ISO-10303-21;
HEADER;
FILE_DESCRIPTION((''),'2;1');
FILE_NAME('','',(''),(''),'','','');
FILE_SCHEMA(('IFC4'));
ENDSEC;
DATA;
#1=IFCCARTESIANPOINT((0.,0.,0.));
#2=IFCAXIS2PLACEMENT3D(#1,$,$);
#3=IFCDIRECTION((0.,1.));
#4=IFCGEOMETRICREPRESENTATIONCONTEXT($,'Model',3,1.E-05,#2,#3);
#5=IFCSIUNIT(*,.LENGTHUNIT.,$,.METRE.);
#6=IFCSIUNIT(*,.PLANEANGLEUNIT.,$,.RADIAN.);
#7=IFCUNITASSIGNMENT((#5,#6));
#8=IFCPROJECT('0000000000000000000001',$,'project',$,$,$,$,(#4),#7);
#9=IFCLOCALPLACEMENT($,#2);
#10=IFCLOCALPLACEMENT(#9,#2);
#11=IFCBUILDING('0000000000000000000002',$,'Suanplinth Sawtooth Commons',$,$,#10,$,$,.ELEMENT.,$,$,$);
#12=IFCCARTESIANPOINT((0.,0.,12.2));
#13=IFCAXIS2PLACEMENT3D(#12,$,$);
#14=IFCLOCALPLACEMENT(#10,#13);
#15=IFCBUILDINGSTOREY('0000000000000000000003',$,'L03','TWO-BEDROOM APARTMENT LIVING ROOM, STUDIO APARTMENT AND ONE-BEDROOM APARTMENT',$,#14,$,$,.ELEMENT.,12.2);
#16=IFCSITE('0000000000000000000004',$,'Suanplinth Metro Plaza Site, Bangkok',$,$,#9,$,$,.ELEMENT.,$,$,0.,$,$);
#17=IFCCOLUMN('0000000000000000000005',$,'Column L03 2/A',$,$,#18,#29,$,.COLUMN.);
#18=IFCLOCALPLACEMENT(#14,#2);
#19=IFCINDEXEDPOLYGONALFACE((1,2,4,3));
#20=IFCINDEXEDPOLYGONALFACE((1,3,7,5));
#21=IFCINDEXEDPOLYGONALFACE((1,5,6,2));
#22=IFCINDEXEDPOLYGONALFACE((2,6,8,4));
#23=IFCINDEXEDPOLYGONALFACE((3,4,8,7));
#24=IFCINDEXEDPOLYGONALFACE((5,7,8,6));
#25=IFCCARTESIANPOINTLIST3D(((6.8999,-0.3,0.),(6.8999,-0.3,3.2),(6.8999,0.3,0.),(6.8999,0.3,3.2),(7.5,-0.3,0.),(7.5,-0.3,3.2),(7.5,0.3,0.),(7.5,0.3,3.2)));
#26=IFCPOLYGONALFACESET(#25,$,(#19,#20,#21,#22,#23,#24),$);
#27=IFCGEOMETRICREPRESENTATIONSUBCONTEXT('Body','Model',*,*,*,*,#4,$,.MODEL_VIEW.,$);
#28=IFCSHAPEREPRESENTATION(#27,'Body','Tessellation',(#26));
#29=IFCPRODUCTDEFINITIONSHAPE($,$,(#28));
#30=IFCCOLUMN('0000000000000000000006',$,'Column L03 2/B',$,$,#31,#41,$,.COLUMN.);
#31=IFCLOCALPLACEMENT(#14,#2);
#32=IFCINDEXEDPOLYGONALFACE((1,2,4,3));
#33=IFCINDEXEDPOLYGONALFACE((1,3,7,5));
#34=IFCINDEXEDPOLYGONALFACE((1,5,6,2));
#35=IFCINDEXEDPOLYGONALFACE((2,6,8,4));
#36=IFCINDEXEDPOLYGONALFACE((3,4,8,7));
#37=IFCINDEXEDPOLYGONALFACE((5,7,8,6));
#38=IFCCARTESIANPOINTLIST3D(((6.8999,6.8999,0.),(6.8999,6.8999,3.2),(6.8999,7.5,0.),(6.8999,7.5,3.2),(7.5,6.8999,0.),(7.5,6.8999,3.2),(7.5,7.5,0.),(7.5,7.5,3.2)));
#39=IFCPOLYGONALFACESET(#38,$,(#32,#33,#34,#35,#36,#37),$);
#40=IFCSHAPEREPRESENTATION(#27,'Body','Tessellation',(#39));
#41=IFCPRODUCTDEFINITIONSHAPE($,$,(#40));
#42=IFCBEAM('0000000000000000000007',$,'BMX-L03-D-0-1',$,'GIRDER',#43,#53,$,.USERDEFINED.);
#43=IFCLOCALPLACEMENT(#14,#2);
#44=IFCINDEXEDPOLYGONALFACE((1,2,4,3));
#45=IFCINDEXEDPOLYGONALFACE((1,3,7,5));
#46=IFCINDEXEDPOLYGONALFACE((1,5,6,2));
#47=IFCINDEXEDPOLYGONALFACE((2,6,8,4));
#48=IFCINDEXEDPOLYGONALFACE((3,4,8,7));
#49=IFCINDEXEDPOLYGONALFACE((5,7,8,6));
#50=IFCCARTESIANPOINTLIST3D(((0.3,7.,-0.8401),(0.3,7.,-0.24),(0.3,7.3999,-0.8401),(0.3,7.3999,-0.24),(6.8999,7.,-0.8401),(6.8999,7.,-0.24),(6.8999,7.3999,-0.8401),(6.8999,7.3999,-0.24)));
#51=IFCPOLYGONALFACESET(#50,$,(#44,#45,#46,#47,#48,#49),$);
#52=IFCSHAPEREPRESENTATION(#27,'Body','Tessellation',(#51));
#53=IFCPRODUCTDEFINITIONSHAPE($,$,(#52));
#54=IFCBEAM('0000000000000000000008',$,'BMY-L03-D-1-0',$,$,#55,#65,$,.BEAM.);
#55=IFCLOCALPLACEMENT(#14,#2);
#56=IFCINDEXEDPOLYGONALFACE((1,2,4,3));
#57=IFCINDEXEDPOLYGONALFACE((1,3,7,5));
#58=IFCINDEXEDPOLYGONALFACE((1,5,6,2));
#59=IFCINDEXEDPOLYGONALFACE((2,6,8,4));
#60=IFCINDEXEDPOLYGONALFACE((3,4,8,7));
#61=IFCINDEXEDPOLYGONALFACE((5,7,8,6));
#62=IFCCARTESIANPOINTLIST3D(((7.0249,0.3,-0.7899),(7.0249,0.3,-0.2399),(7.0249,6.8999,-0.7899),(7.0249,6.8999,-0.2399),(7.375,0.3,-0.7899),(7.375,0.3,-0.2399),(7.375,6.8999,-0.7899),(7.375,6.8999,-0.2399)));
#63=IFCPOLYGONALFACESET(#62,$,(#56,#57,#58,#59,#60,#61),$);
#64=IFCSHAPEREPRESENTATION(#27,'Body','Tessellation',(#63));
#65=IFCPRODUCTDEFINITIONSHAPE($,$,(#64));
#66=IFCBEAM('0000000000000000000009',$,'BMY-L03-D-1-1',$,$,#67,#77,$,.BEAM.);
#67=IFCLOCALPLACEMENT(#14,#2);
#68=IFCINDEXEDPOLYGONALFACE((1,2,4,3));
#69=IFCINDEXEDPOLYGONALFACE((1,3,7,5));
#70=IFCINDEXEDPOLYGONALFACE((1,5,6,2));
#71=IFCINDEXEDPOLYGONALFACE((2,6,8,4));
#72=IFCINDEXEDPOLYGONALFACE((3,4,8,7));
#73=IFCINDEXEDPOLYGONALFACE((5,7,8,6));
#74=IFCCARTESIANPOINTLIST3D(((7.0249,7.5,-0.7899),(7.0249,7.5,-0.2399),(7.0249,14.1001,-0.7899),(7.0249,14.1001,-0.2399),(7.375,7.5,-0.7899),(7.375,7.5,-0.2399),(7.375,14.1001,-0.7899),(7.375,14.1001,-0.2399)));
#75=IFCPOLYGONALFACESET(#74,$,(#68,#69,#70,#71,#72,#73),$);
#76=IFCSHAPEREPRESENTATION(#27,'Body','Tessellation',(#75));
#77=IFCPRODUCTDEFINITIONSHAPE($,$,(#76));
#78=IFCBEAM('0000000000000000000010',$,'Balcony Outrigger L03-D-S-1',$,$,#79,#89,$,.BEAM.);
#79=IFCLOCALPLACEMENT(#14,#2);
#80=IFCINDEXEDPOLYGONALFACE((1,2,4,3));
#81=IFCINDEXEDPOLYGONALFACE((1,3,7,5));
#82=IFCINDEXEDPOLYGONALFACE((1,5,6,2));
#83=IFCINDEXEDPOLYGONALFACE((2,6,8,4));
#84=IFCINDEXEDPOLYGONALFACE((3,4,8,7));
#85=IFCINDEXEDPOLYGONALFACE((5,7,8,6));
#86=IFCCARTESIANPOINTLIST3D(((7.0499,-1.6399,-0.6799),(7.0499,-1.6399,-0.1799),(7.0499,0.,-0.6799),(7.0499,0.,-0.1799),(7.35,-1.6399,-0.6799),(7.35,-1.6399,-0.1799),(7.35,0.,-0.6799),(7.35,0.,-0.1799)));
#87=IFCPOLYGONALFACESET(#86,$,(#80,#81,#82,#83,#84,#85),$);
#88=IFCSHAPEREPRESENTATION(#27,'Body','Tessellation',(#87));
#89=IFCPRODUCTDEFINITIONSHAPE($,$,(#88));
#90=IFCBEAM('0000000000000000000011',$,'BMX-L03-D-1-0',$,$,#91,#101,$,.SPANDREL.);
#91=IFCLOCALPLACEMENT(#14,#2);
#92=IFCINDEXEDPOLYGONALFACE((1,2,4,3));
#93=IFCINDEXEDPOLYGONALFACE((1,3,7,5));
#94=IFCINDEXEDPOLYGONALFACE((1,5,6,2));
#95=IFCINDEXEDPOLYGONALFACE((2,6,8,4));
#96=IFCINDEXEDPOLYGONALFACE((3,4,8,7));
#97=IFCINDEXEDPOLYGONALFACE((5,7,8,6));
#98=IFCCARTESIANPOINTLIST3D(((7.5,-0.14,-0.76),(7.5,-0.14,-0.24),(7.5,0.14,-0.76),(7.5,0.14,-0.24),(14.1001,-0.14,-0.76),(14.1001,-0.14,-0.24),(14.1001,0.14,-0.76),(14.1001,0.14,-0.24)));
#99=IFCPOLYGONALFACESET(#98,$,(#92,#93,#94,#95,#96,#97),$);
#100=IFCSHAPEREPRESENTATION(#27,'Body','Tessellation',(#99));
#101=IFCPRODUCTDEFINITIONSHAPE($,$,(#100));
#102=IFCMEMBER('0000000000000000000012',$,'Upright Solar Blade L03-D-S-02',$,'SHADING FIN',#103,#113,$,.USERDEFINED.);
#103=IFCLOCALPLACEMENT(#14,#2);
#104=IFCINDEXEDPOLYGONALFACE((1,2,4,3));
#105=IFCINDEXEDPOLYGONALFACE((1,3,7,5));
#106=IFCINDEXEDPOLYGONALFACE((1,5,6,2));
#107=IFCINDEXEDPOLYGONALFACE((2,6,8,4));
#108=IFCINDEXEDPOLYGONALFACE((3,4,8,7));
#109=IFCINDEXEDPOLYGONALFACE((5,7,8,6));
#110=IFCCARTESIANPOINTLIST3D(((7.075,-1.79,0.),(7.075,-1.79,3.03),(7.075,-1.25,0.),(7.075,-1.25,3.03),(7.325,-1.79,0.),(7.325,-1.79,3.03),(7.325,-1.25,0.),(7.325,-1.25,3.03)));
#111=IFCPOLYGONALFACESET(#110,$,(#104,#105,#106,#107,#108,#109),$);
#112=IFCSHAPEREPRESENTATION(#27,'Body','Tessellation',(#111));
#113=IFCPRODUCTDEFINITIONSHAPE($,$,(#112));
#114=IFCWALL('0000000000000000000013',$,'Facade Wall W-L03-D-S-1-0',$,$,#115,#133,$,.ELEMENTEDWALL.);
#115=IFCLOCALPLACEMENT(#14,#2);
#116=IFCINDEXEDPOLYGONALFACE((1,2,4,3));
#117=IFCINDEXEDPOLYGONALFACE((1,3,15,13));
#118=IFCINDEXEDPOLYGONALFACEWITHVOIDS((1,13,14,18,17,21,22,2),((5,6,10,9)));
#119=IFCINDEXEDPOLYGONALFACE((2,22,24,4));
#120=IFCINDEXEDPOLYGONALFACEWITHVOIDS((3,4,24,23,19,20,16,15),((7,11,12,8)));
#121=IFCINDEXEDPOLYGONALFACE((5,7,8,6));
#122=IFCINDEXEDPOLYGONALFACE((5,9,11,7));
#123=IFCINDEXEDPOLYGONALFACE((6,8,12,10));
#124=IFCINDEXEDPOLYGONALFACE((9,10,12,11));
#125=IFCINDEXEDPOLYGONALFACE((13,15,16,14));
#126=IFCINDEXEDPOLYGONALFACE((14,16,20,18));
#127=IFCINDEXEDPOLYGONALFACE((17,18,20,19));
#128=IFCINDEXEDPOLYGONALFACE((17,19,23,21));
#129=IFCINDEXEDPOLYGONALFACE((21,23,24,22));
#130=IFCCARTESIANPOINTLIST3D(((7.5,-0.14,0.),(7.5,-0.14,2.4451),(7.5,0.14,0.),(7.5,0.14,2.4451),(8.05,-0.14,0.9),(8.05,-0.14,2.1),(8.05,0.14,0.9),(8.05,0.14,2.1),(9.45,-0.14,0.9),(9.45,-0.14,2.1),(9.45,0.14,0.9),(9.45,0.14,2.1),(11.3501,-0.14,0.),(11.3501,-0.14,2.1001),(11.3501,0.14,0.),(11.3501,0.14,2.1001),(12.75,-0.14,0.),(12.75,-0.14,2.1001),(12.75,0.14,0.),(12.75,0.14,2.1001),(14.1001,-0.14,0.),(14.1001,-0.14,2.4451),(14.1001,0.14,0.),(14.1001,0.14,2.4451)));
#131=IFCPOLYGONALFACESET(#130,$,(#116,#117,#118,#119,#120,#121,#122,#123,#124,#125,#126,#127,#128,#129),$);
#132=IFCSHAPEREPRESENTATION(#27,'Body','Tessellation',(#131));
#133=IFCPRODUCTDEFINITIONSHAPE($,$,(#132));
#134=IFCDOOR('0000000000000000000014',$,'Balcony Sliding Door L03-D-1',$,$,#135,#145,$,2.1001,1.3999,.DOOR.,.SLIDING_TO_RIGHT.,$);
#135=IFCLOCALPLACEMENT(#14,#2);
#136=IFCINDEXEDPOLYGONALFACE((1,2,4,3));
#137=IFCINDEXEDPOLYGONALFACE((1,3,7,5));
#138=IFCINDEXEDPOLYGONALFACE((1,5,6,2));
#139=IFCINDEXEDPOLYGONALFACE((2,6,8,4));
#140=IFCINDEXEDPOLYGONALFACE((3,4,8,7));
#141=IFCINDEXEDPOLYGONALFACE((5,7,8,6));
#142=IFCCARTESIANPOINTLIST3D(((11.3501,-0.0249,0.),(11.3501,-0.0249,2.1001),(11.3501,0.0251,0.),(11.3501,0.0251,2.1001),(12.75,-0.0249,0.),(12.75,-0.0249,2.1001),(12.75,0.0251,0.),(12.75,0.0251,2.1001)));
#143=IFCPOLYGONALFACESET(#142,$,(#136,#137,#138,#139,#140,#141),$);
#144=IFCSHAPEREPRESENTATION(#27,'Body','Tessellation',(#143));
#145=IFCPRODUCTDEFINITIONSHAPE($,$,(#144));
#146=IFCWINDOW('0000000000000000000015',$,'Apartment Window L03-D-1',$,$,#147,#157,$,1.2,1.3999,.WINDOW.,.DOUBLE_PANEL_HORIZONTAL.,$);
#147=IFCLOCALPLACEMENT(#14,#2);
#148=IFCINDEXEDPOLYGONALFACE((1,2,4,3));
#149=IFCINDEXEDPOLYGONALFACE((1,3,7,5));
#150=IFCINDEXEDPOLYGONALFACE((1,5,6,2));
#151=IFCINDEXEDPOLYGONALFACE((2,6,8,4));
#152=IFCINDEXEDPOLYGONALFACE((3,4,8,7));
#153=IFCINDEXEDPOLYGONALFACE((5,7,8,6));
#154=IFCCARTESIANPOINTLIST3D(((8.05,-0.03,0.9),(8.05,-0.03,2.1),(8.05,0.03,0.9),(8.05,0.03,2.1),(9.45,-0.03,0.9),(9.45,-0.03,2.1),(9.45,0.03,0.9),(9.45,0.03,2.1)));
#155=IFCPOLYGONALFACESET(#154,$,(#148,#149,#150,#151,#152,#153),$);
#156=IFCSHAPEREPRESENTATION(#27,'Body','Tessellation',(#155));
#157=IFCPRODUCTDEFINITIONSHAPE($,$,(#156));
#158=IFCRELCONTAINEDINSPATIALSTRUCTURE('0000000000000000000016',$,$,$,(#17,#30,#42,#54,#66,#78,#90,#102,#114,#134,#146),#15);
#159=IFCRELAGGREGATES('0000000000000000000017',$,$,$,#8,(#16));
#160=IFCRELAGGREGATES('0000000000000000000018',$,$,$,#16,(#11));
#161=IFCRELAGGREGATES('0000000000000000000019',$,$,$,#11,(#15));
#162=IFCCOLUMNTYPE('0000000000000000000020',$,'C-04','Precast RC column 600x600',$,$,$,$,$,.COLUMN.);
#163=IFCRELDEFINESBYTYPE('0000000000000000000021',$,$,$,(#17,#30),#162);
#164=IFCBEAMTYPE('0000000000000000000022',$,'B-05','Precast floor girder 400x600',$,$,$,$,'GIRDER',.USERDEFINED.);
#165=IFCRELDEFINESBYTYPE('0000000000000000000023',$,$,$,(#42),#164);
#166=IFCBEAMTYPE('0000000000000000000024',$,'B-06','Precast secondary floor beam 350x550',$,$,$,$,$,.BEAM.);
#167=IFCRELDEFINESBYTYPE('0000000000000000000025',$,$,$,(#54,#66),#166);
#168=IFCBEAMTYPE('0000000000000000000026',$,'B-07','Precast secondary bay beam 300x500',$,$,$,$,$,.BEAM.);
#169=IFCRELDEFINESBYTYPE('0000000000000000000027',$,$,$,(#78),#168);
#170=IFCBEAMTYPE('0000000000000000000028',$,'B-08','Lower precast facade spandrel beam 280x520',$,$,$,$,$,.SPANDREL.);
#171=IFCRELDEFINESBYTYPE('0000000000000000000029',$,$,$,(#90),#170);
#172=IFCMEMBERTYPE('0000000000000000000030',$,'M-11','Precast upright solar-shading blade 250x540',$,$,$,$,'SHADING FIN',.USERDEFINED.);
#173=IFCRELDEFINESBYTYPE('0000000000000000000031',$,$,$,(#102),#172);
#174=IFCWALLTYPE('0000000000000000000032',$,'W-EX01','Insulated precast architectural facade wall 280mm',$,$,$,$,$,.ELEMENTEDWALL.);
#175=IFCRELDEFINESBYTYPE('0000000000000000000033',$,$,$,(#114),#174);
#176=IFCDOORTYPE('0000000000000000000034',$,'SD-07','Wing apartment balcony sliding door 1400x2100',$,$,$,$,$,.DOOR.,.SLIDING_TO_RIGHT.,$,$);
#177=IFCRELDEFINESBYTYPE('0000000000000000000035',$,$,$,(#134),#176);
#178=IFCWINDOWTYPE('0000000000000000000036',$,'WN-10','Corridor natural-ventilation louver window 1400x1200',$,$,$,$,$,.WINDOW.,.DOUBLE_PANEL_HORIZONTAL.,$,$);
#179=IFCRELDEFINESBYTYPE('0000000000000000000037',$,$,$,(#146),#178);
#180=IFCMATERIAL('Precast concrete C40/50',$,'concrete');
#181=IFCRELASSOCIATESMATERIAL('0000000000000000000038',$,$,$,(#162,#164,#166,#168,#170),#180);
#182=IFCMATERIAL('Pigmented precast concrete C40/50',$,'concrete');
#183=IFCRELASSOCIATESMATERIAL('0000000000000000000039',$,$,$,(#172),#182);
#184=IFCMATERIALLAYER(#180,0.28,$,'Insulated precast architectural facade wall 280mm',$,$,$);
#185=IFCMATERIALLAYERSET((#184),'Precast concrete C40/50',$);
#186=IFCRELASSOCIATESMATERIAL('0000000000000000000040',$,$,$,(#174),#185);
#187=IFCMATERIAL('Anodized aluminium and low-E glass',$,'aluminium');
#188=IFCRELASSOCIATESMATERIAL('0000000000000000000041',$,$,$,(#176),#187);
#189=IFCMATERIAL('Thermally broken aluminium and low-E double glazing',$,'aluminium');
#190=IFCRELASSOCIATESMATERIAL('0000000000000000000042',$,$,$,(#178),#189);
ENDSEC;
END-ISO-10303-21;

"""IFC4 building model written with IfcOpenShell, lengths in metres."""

from ifc_helpers import new_model, si_unit, direction, frame, frame_2d, origin, origin_2d, place, context, subcontext, project, spatial, rectangle, extrude, material, layer, layer_set, material_profile, profile_set, type_object, element, fill, save


model = new_model("IFC4")

# Units and contexts
model_context = context("Model", 3, precision=1e-05, world=origin(), true_north=direction((0.0, 1.0)))
body_context = subcontext(model_context, "Body", "Model", "MODEL_VIEW")
ifc_project = project(units=[si_unit("LENGTHUNIT", "METRE"), si_unit("PLANEANGLEUNIT", "RADIAN")], contexts=[model_context])

# Site, building, storey
site_placement = place(None, origin())
site = spatial("IfcSite", under=ifc_project, at=site_placement, Name="Suanplinth Metro Plaza Site, Bangkok", CompositionType="ELEMENT", RefElevation=0.0)
building_placement = place(site_placement, origin())
building = spatial("IfcBuilding", under=site, at=building_placement, Name="Suanplinth Sawtooth Commons", CompositionType="ELEMENT")
storey_placement = place(building_placement, frame((0.0, 0.0, 12.2)))
storey = spatial("IfcBuildingStorey", under=building, at=storey_placement, Name="L03", Description="TWO-BEDROOM APARTMENT LIVING ROOM, STUDIO APARTMENT AND ONE-BEDROOM APARTMENT", CompositionType="ELEMENT", Elevation=12.2)

# Columns
ifc_material_1 = material(Name="Precast concrete C40/50", Category="concrete")
ifc_material_profile_1 = material_profile(ifc_material_1, rectangle(XDim=0.6001, YDim=0.6001, at=origin_2d()), Name="PC-COL 600x600")
ifc_profile_set_1 = profile_set([ifc_material_profile_1], Name="Precast concrete C40/50")
column_type = type_object("IfcColumnType", Name="C-04", Description="Precast RC column 600x600", PredefinedType="COLUMN", material=ifc_profile_set_1)
for number, where, z_axis, x_axis, name in (
    (1, (7.2, 0.0, 0.0), (0.0, 0.0, 1.0), (1.0, 0.0, 0.0), "Column L03 2/A"),
    (2, (7.2, 7.2, 0.0), (0.0, 0.0, 1.0), (1.0, 0.0, 0.0), "Column L03 2/B"),
):
    element("IfcColumn", number, at=place(storey_placement, frame(where, z_axis=z_axis, x_axis=x_axis)), inside=storey, type_object=column_type, Name=name, PredefinedType="COLUMN", context=body_context, shape_type="SweptSolid", body=[
        extrude(rectangle(XDim=0.6001, YDim=0.6001, at=origin_2d()), origin(), (0.0, 0.0, 1.0), 3.2),
    ])

# Beams
ifc_material_profile_2 = material_profile(ifc_material_1, rectangle(XDim=0.3999, YDim=0.6001, at=origin_2d()), Name="PC-GDR 400x600")
ifc_profile_set_2 = profile_set([ifc_material_profile_2], Name="Precast concrete C40/50")
beam_type_1 = type_object("IfcBeamType", Name="B-05", Description="Precast floor girder 400x600", ElementType="GIRDER", PredefinedType="USERDEFINED", material=ifc_profile_set_2)
beam_1_placement = place(storey_placement, frame((0.3, 7.2, -0.54), z_axis=(1.0, 0.0, 0.0), x_axis=(0.0, 1.0, 0.0)))
element("IfcBeam", 3, at=beam_1_placement, inside=storey, type_object=beam_type_1, Name="BMX-L03-D-0-1", ObjectType="GIRDER", PredefinedType="USERDEFINED", context=body_context, shape_type="SweptSolid", body=[
    extrude(rectangle(XDim=0.3999, YDim=0.6001, at=origin_2d()), origin(), (0.0, 0.0, 1.0), 6.5999),
])
ifc_material_profile_3 = material_profile(ifc_material_1, rectangle(XDim=0.3501, YDim=0.55, at=origin_2d()), Name="PC-BM 350x550")
ifc_profile_set_3 = profile_set([ifc_material_profile_3], Name="Precast concrete C40/50")
beam_type_2 = type_object("IfcBeamType", Name="B-06", Description="Precast secondary floor beam 350x550", PredefinedType="BEAM", material=ifc_profile_set_3)
beam_2_placement = place(storey_placement, frame((7.2, 0.3, -0.5149), z_axis=(0.0, 1.0, 0.0), x_axis=(-1.0, 0.0, 0.0)))
element("IfcBeam", 4, at=beam_2_placement, inside=storey, type_object=beam_type_2, Name="BMY-L03-D-1-0", PredefinedType="BEAM", context=body_context, shape_type="SweptSolid", body=[
    extrude(rectangle(XDim=0.3501, YDim=0.55, at=origin_2d()), origin(), (0.0, 0.0, 1.0), 6.5999),
])
beam_3_placement = place(storey_placement, frame((7.2, 7.5, -0.5149), z_axis=(0.0, 1.0, 0.0), x_axis=(-1.0, 0.0, 0.0)))
element("IfcBeam", 5, at=beam_3_placement, inside=storey, type_object=beam_type_2, Name="BMY-L03-D-1-1", PredefinedType="BEAM", context=body_context, shape_type="SweptSolid", body=[
    extrude(rectangle(XDim=0.3501, YDim=0.55, at=origin_2d()), origin(), (0.0, 0.0, 1.0), 6.6001),
])
ifc_material_profile_4 = material_profile(ifc_material_1, rectangle(XDim=0.3, YDim=0.5, at=origin_2d()), Name="PC-BM 300x500")
ifc_profile_set_4 = profile_set([ifc_material_profile_4], Name="Precast concrete C40/50")
beam_type_3 = type_object("IfcBeamType", Name="B-07", Description="Precast secondary bay beam 300x500", PredefinedType="BEAM", material=ifc_profile_set_4)
beam_4_placement = place(storey_placement, frame((7.2, 0.0, -0.4299), z_axis=(0.0, -1.0, 0.0), x_axis=(1.0, 0.0, 0.0)))
element("IfcBeam", 6, at=beam_4_placement, inside=storey, type_object=beam_type_3, Name="Balcony Outrigger L03-D-S-1", PredefinedType="BEAM", context=body_context, shape_type="SweptSolid", body=[
    extrude(rectangle(XDim=0.3, YDim=0.5, at=origin_2d()), origin(), (0.0, 0.0, 1.0), 1.6399),
])
ifc_material_profile_5 = material_profile(ifc_material_1, rectangle(XDim=0.28, YDim=0.52, at=origin_2d()), Name="PC-SP 280x520")
ifc_profile_set_5 = profile_set([ifc_material_profile_5], Name="Precast concrete C40/50")
beam_type_4 = type_object("IfcBeamType", Name="B-08", Description="Lower precast facade spandrel beam 280x520", PredefinedType="SPANDREL", material=ifc_profile_set_5)
beam_5_placement = place(storey_placement, frame((7.5, 0.0, -0.5), z_axis=(1.0, 0.0, 0.0), x_axis=(0.0, 1.0, 0.0)))
element("IfcBeam", 7, at=beam_5_placement, inside=storey, type_object=beam_type_4, Name="BMX-L03-D-1-0", PredefinedType="SPANDREL", context=body_context, shape_type="SweptSolid", body=[
    extrude(rectangle(XDim=0.28, YDim=0.52, at=origin_2d()), origin(), (0.0, 0.0, 1.0), 6.6001),
])

# Member
ifc_material_2 = material(Name="Pigmented precast concrete C40/50", Category="concrete")
ifc_material_profile_6 = material_profile(ifc_material_2, rectangle(XDim=0.25, YDim=0.54, at=origin_2d()), Name="PC-FIN 250x540")
ifc_profile_set_6 = profile_set([ifc_material_profile_6], Name="Pigmented precast concrete C40/50")
member_type = type_object("IfcMemberType", Name="M-11", Description="Precast upright solar-shading blade 250x540", ElementType="SHADING FIN", PredefinedType="USERDEFINED", material=ifc_profile_set_6)
member_placement = place(storey_placement, frame((7.2, -1.52, 0.0), z_axis=(0.0, 0.0, 1.0), x_axis=(1.0, 0.0, 0.0)))
element("IfcMember", 8, at=member_placement, inside=storey, type_object=member_type, Name="Upright Solar Blade L03-D-S-02", ObjectType="SHADING FIN", PredefinedType="USERDEFINED", context=body_context, shape_type="SweptSolid", body=[
    extrude(rectangle(XDim=0.25, YDim=0.54, at=origin_2d()), origin(), (0.0, 0.0, 1.0), 3.03),
])

# Wall, openings, door, window
ifc_layer_1 = layer(ifc_material_1, 0.28, Name="Insulated precast architectural facade wall 280mm")
ifc_layer_set_1 = layer_set([ifc_layer_1], Name="Precast concrete C40/50")
wall_type_1 = type_object("IfcWallType", Name="W-EX01", Description="Insulated precast architectural facade wall 280mm", PredefinedType="ELEMENTEDWALL", material=ifc_layer_set_1)
wall_1_placement = place(storey_placement, frame((7.5, 0.0, 0.0), z_axis=(0.0, 0.0, 1.0), x_axis=(1.0, 0.0, 0.0)))
wall_1 = element("IfcWall", 9, at=wall_1_placement, inside=storey, type_object=wall_type_1, Name="Facade Wall W-L03-D-S-1-0", PredefinedType="ELEMENTEDWALL", context=body_context, shape_type="SweptSolid", body=[
    extrude(rectangle(XDim=6.6001, YDim=0.28, at=frame_2d((3.3, 0.0))), origin(), (0.0, 0.0, 1.0), 2.4451),
])
opening_1_placement = place(wall_1_placement, frame((3.8501, 0.0, 0.0)))
opening_1 = element("IfcOpeningElement", 10, at=opening_1_placement, cuts=wall_1, PredefinedType="OPENING", context=body_context, shape_type="SweptSolid", body=[
    extrude(rectangle(XDim=1.3999, YDim=2.1001, at=frame_2d((0.7, 1.05))), frame((0.0, 0.1548, 0.0), z_axis=(0.0, -1.0, 0.0), x_axis=(1.0, 0.0, 0.0)), (0.0, 0.0, 1.0), 0.3098),
])
opening_2_placement = place(wall_1_placement, frame((0.55, 0.0, 0.8999)))
opening_2 = element("IfcOpeningElement", 11, at=opening_2_placement, cuts=wall_1, PredefinedType="OPENING", context=body_context, shape_type="SweptSolid", body=[
    extrude(rectangle(XDim=1.3999, YDim=1.2, at=frame_2d((0.7, 0.6001))), frame((0.0, 0.1548, 0.0), z_axis=(0.0, -1.0, 0.0), x_axis=(1.0, 0.0, 0.0)), (0.0, 0.0, 1.0), 0.3098),
])
ifc_material_3 = material(Name="Anodized aluminium and low-E glass", Category="aluminium")
door_type_1 = type_object("IfcDoorType", Name="SD-07", Description="Wing apartment balcony sliding door 1400x2100", OperationType="SLIDING_TO_RIGHT", PredefinedType="DOOR", material=ifc_material_3)
door_1_placement = place(opening_1_placement, frame((1.3999, 0.0, 0.0), z_axis=(0.0, 0.0, 1.0), x_axis=(-1.0, 0.0, 0.0)))
door_1 = element("IfcDoor", 12, at=door_1_placement, inside=storey, type_object=door_type_1, Name="Balcony Sliding Door L03-D-1", OperationType="SLIDING_TO_RIGHT", OverallHeight=2.1001, OverallWidth=1.3999, PredefinedType="DOOR", context=body_context, shape_type="SweptSolid", body=[
    extrude(rectangle(XDim=1.3999, YDim=2.1001, at=frame_2d((0.7, 1.05))), frame((0.0, 0.0249, 0.0), z_axis=(0.0, -1.0, 0.0), x_axis=(1.0, 0.0, 0.0)), (0.0, 0.0, 1.0), 0.05),
])
fill(opening_1, door_1)
ifc_material_4 = material(Name="Thermally broken aluminium and low-E double glazing", Category="aluminium")
window_type = type_object("IfcWindowType", Name="WN-10", Description="Corridor natural-ventilation louver window 1400x1200", PartitioningType="DOUBLE_PANEL_HORIZONTAL", PredefinedType="WINDOW", material=ifc_material_4)
window_placement = place(opening_2_placement, origin())
window = element("IfcWindow", 13, at=window_placement, inside=storey, type_object=window_type, Name="Apartment Window L03-D-1", OverallHeight=1.2, OverallWidth=1.3999, PartitioningType="DOUBLE_PANEL_HORIZONTAL", PredefinedType="WINDOW", context=body_context, shape_type="SweptSolid", body=[
    extrude(rectangle(XDim=1.3999, YDim=1.2, at=frame_2d((0.7, 0.6001))), frame((0.0, 0.03, 0.0), z_axis=(0.0, -1.0, 0.0), x_axis=(1.0, 0.0, 0.0)), (0.0, 0.0, 1.0), 0.0601),
])
fill(opening_2, window)

save(model, "model.ifc")
